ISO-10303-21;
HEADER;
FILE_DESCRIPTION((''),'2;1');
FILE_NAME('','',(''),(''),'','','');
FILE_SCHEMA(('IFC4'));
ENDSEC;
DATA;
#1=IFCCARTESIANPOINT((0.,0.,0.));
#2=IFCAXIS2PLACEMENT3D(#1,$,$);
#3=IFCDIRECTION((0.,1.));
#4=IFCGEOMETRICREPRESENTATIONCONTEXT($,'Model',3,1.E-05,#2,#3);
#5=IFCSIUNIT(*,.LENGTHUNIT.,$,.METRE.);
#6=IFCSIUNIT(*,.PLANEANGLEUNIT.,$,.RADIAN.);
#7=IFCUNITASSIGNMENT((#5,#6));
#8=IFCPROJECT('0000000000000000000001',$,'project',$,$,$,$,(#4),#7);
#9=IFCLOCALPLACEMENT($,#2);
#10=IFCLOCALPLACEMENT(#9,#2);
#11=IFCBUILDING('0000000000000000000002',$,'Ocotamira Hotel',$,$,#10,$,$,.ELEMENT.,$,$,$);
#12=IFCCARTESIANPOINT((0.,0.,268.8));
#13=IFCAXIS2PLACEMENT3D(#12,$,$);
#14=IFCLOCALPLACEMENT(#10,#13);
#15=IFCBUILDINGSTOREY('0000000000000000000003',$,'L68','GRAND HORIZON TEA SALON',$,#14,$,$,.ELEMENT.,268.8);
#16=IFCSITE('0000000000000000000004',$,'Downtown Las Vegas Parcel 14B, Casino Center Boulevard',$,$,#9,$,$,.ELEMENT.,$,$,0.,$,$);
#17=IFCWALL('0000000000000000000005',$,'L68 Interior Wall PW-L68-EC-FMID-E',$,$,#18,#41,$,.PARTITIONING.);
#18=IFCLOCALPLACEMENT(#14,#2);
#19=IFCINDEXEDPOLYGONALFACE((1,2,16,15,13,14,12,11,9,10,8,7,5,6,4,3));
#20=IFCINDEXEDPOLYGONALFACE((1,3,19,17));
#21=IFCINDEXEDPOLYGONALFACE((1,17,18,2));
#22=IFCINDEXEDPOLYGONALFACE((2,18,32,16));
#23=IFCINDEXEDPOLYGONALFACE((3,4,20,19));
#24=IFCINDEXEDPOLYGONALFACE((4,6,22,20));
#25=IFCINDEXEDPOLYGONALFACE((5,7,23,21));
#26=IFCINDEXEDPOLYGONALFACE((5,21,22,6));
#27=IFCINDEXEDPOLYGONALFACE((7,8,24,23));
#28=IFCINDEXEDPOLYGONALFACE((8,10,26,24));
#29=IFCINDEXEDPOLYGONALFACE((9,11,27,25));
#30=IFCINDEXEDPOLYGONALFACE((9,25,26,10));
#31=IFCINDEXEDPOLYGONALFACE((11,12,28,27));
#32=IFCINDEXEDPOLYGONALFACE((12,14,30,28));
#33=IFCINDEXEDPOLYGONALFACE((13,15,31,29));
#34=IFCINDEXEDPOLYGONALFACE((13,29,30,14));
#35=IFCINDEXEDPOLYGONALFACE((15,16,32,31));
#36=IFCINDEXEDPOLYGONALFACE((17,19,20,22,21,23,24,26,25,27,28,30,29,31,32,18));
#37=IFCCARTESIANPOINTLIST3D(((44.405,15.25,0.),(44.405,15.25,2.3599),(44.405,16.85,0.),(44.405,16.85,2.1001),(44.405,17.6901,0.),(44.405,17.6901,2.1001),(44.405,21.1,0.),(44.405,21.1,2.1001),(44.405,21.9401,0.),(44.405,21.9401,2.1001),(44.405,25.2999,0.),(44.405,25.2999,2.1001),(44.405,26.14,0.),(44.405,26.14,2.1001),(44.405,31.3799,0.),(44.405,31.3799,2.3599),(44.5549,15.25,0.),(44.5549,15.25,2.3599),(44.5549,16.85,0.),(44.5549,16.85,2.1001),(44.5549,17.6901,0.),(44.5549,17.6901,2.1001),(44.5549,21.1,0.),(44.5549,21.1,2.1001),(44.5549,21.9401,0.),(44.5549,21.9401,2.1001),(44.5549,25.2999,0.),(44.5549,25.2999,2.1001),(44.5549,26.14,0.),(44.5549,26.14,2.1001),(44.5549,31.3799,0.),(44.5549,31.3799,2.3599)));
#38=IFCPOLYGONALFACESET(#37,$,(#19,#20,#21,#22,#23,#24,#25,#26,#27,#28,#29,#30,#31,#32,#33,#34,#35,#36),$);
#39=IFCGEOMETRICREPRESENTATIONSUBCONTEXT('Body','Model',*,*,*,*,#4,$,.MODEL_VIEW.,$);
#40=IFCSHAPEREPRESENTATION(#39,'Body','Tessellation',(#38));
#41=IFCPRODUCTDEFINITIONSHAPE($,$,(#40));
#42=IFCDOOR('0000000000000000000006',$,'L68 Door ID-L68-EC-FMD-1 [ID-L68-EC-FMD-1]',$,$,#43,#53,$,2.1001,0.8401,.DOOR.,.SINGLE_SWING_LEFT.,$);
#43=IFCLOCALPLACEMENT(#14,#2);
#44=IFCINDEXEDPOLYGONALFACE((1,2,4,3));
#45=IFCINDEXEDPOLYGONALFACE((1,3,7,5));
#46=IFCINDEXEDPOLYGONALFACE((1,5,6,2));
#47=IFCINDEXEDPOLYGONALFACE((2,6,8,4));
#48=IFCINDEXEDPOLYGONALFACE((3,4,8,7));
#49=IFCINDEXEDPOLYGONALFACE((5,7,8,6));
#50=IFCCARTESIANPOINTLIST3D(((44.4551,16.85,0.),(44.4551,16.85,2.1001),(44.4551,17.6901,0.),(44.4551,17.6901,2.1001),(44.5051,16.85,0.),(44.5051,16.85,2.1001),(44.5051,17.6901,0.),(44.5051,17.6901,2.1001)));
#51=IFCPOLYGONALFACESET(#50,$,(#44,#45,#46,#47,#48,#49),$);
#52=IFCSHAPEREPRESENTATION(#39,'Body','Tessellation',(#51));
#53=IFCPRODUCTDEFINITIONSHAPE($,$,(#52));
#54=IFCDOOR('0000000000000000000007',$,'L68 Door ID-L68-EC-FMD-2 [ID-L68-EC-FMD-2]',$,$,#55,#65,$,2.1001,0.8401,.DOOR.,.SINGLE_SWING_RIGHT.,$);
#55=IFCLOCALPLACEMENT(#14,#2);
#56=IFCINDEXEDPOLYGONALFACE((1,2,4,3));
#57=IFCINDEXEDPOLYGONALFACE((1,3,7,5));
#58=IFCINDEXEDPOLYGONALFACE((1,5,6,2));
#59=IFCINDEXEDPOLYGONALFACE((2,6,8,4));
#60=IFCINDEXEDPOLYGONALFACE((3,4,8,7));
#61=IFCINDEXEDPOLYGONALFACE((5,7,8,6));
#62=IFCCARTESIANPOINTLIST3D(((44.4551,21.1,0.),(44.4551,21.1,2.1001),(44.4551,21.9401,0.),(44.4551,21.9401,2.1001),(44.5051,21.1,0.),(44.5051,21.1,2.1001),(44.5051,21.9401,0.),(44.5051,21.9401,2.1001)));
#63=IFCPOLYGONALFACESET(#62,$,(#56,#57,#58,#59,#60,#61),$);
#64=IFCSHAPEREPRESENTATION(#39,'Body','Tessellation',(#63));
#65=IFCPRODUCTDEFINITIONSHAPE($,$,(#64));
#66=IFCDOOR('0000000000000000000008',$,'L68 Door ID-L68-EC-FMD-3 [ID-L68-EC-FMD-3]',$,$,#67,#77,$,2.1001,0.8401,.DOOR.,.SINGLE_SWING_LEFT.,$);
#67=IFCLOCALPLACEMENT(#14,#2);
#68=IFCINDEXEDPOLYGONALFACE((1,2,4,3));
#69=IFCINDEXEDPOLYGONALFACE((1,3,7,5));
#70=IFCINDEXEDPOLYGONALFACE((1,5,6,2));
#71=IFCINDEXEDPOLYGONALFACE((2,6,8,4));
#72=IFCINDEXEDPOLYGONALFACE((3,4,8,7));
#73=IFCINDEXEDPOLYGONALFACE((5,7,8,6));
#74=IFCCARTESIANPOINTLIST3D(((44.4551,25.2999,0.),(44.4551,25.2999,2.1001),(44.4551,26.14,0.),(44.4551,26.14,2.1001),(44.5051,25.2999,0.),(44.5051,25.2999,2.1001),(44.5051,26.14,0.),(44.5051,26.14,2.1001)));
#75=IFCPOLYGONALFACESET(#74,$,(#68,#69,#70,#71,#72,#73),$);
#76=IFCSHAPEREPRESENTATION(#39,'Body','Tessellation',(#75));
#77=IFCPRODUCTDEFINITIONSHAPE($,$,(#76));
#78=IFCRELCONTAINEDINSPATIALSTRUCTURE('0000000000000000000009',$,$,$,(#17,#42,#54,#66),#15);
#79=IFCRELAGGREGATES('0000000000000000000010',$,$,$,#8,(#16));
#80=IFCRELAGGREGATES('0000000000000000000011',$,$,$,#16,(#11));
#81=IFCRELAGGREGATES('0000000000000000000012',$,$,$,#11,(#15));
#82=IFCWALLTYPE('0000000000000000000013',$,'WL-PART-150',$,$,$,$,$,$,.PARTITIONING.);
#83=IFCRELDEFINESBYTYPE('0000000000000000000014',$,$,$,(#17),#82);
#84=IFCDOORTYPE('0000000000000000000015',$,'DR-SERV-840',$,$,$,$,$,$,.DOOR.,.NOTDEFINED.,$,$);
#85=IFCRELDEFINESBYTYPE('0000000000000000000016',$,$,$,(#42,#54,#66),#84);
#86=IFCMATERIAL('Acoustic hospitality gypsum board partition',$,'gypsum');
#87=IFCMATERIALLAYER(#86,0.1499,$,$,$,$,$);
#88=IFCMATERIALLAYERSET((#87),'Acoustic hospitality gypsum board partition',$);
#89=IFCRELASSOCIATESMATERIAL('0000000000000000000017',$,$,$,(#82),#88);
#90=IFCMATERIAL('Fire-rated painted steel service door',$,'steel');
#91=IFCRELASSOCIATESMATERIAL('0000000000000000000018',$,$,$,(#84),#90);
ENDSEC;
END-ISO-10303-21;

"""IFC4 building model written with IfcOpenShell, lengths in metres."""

from ifc_helpers import new_model, si_unit, direction, frame, frame_2d, origin, place, context, subcontext, project, spatial, rectangle, extrude, source, transform, mapped, material, layer, layer_set, type_object, element, fill, save


model = new_model("IFC4")

# Units and contexts
model_context = context("Model", 3, precision=1e-05, world=origin(), true_north=direction((0.0, 1.0)))
body_context = subcontext(model_context, "Body", "Model", "MODEL_VIEW")
ifc_project = project(units=[si_unit("LENGTHUNIT", "METRE"), si_unit("PLANEANGLEUNIT", "RADIAN")], contexts=[model_context])

# Site, building, storey
site_placement = place(None, origin())
site = spatial("IfcSite", under=ifc_project, at=site_placement, Name="Downtown Las Vegas Parcel 14B, Casino Center Boulevard", CompositionType="ELEMENT", RefElevation=0.0)
building_placement = place(site_placement, origin())
building = spatial("IfcBuilding", under=site, at=building_placement, Name="Ocotamira Hotel", CompositionType="ELEMENT")
storey_placement = place(building_placement, frame((0.0, 0.0, 268.8)))
storey = spatial("IfcBuildingStorey", under=building, at=storey_placement, Name="L68", Description="GRAND HORIZON TEA SALON", CompositionType="ELEMENT", Elevation=268.8)

# Shared definitions
ifc_material_1 = material(Name="Acoustic hospitality gypsum board partition", Category="gypsum")

# Wall, openings, doors
ifc_layer_1 = layer(ifc_material_1, 0.1499)
ifc_layer_set_1 = layer_set([ifc_layer_1], Name="Acoustic hospitality gypsum board partition")
wall_type_1 = type_object("IfcWallType", Name="WL-PART-150", PredefinedType="PARTITIONING", material=ifc_layer_set_1)
wall_1_placement = place(storey_placement, frame((44.48, 15.25, 0.0), z_axis=(0.0, 0.0, 1.0), x_axis=(0.0, 1.0, 0.0)))
wall_1 = element("IfcWall", 1, at=wall_1_placement, inside=storey, type_object=wall_type_1, Name="L68 Interior Wall PW-L68-EC-FMID-E", PredefinedType="PARTITIONING", context=body_context, shape_type="SweptSolid", body=[
    extrude(rectangle(XDim=16.1299, YDim=0.1499, at=frame_2d((8.0649, 0.0))), origin(), (0.0, 0.0, 1.0), 2.3599),
])
opening_1_placement = place(wall_1_placement, frame((1.6001, 0.0, 0.0)))
opening_1 = element("IfcOpeningElement", 2, at=opening_1_placement, cuts=wall_1, PredefinedType="OPENING", context=body_context, shape_type="SweptSolid", body=[
    extrude(rectangle(XDim=0.8401, YDim=2.1001, at=frame_2d((0.4199, 1.05))), frame((0.0, 0.085, 0.0), z_axis=(0.0, -1.0, 0.0), x_axis=(1.0, 0.0, 0.0)), (0.0, 0.0, 1.0), 0.1699),
])
opening_2_placement = place(wall_1_placement, frame((5.8501, 0.0, 0.0)))
opening_2 = element("IfcOpeningElement", 3, at=opening_2_placement, cuts=wall_1, PredefinedType="OPENING", context=body_context, shape_type="SweptSolid", body=[
    extrude(rectangle(XDim=0.8401, YDim=2.1001, at=frame_2d((0.4199, 1.05))), frame((0.0, 0.085, 0.0), z_axis=(0.0, -1.0, 0.0), x_axis=(1.0, 0.0, 0.0)), (0.0, 0.0, 1.0), 0.1699),
])
opening_3_placement = place(wall_1_placement, frame((10.05, 0.0, 0.0)))
opening_3 = element("IfcOpeningElement", 4, at=opening_3_placement, cuts=wall_1, PredefinedType="OPENING", context=body_context, shape_type="SweptSolid", body=[
    extrude(rectangle(XDim=0.8401, YDim=2.1001, at=frame_2d((0.4199, 1.05))), frame((0.0, 0.085, 0.0), z_axis=(0.0, -1.0, 0.0), x_axis=(1.0, 0.0, 0.0)), (0.0, 0.0, 1.0), 0.1699),
])
ifc_material_2 = material(Name="Fire-rated painted steel service door", Category="steel")
door_type_1 = type_object("IfcDoorType", Name="DR-SERV-840", OperationType="NOTDEFINED", PredefinedType="DOOR", material=ifc_material_2)
shared_shape_1 = source(origin(), body_context, "Body", "SweptSolid", [
    extrude(rectangle(XDim=0.8401, YDim=2.1001, at=frame_2d((0.4199, 1.05))), frame((0.0, 0.0249, 0.0), z_axis=(0.0, -1.0, 0.0), x_axis=(1.0, 0.0, 0.0)), (0.0, 0.0, 1.0), 0.05),
])
door_1_placement = place(opening_1_placement, origin())
door_1 = element("IfcDoor", 5, at=door_1_placement, inside=storey, type_object=door_type_1, Name="L68 Door ID-L68-EC-FMD-1 [ID-L68-EC-FMD-1]", OperationType="SINGLE_SWING_LEFT", OverallHeight=2.1001, OverallWidth=0.8401, PredefinedType="DOOR", context=body_context, shape_type="MappedRepresentation", body=[
    mapped(shared_shape_1, transform((0.0, 0.0, 0.0), scale=1.0)),
])
fill(opening_1, door_1)
door_2_placement = place(opening_2_placement, origin())
door_2 = element("IfcDoor", 6, at=door_2_placement, inside=storey, type_object=door_type_1, Name="L68 Door ID-L68-EC-FMD-2 [ID-L68-EC-FMD-2]", OperationType="SINGLE_SWING_RIGHT", OverallHeight=2.1001, OverallWidth=0.8401, PredefinedType="DOOR", context=body_context, shape_type="MappedRepresentation", body=[
    mapped(shared_shape_1, transform((0.0, 0.0, 0.0), scale=1.0)),
])
fill(opening_2, door_2)
door_3_placement = place(opening_3_placement, origin())
door_3 = element("IfcDoor", 7, at=door_3_placement, inside=storey, type_object=door_type_1, Name="L68 Door ID-L68-EC-FMD-3 [ID-L68-EC-FMD-3]", OperationType="SINGLE_SWING_LEFT", OverallHeight=2.1001, OverallWidth=0.8401, PredefinedType="DOOR", context=body_context, shape_type="MappedRepresentation", body=[
    mapped(shared_shape_1, transform((0.0, 0.0, 0.0), scale=1.0)),
])
fill(opening_3, door_3)

save(model, "model.ifc")
